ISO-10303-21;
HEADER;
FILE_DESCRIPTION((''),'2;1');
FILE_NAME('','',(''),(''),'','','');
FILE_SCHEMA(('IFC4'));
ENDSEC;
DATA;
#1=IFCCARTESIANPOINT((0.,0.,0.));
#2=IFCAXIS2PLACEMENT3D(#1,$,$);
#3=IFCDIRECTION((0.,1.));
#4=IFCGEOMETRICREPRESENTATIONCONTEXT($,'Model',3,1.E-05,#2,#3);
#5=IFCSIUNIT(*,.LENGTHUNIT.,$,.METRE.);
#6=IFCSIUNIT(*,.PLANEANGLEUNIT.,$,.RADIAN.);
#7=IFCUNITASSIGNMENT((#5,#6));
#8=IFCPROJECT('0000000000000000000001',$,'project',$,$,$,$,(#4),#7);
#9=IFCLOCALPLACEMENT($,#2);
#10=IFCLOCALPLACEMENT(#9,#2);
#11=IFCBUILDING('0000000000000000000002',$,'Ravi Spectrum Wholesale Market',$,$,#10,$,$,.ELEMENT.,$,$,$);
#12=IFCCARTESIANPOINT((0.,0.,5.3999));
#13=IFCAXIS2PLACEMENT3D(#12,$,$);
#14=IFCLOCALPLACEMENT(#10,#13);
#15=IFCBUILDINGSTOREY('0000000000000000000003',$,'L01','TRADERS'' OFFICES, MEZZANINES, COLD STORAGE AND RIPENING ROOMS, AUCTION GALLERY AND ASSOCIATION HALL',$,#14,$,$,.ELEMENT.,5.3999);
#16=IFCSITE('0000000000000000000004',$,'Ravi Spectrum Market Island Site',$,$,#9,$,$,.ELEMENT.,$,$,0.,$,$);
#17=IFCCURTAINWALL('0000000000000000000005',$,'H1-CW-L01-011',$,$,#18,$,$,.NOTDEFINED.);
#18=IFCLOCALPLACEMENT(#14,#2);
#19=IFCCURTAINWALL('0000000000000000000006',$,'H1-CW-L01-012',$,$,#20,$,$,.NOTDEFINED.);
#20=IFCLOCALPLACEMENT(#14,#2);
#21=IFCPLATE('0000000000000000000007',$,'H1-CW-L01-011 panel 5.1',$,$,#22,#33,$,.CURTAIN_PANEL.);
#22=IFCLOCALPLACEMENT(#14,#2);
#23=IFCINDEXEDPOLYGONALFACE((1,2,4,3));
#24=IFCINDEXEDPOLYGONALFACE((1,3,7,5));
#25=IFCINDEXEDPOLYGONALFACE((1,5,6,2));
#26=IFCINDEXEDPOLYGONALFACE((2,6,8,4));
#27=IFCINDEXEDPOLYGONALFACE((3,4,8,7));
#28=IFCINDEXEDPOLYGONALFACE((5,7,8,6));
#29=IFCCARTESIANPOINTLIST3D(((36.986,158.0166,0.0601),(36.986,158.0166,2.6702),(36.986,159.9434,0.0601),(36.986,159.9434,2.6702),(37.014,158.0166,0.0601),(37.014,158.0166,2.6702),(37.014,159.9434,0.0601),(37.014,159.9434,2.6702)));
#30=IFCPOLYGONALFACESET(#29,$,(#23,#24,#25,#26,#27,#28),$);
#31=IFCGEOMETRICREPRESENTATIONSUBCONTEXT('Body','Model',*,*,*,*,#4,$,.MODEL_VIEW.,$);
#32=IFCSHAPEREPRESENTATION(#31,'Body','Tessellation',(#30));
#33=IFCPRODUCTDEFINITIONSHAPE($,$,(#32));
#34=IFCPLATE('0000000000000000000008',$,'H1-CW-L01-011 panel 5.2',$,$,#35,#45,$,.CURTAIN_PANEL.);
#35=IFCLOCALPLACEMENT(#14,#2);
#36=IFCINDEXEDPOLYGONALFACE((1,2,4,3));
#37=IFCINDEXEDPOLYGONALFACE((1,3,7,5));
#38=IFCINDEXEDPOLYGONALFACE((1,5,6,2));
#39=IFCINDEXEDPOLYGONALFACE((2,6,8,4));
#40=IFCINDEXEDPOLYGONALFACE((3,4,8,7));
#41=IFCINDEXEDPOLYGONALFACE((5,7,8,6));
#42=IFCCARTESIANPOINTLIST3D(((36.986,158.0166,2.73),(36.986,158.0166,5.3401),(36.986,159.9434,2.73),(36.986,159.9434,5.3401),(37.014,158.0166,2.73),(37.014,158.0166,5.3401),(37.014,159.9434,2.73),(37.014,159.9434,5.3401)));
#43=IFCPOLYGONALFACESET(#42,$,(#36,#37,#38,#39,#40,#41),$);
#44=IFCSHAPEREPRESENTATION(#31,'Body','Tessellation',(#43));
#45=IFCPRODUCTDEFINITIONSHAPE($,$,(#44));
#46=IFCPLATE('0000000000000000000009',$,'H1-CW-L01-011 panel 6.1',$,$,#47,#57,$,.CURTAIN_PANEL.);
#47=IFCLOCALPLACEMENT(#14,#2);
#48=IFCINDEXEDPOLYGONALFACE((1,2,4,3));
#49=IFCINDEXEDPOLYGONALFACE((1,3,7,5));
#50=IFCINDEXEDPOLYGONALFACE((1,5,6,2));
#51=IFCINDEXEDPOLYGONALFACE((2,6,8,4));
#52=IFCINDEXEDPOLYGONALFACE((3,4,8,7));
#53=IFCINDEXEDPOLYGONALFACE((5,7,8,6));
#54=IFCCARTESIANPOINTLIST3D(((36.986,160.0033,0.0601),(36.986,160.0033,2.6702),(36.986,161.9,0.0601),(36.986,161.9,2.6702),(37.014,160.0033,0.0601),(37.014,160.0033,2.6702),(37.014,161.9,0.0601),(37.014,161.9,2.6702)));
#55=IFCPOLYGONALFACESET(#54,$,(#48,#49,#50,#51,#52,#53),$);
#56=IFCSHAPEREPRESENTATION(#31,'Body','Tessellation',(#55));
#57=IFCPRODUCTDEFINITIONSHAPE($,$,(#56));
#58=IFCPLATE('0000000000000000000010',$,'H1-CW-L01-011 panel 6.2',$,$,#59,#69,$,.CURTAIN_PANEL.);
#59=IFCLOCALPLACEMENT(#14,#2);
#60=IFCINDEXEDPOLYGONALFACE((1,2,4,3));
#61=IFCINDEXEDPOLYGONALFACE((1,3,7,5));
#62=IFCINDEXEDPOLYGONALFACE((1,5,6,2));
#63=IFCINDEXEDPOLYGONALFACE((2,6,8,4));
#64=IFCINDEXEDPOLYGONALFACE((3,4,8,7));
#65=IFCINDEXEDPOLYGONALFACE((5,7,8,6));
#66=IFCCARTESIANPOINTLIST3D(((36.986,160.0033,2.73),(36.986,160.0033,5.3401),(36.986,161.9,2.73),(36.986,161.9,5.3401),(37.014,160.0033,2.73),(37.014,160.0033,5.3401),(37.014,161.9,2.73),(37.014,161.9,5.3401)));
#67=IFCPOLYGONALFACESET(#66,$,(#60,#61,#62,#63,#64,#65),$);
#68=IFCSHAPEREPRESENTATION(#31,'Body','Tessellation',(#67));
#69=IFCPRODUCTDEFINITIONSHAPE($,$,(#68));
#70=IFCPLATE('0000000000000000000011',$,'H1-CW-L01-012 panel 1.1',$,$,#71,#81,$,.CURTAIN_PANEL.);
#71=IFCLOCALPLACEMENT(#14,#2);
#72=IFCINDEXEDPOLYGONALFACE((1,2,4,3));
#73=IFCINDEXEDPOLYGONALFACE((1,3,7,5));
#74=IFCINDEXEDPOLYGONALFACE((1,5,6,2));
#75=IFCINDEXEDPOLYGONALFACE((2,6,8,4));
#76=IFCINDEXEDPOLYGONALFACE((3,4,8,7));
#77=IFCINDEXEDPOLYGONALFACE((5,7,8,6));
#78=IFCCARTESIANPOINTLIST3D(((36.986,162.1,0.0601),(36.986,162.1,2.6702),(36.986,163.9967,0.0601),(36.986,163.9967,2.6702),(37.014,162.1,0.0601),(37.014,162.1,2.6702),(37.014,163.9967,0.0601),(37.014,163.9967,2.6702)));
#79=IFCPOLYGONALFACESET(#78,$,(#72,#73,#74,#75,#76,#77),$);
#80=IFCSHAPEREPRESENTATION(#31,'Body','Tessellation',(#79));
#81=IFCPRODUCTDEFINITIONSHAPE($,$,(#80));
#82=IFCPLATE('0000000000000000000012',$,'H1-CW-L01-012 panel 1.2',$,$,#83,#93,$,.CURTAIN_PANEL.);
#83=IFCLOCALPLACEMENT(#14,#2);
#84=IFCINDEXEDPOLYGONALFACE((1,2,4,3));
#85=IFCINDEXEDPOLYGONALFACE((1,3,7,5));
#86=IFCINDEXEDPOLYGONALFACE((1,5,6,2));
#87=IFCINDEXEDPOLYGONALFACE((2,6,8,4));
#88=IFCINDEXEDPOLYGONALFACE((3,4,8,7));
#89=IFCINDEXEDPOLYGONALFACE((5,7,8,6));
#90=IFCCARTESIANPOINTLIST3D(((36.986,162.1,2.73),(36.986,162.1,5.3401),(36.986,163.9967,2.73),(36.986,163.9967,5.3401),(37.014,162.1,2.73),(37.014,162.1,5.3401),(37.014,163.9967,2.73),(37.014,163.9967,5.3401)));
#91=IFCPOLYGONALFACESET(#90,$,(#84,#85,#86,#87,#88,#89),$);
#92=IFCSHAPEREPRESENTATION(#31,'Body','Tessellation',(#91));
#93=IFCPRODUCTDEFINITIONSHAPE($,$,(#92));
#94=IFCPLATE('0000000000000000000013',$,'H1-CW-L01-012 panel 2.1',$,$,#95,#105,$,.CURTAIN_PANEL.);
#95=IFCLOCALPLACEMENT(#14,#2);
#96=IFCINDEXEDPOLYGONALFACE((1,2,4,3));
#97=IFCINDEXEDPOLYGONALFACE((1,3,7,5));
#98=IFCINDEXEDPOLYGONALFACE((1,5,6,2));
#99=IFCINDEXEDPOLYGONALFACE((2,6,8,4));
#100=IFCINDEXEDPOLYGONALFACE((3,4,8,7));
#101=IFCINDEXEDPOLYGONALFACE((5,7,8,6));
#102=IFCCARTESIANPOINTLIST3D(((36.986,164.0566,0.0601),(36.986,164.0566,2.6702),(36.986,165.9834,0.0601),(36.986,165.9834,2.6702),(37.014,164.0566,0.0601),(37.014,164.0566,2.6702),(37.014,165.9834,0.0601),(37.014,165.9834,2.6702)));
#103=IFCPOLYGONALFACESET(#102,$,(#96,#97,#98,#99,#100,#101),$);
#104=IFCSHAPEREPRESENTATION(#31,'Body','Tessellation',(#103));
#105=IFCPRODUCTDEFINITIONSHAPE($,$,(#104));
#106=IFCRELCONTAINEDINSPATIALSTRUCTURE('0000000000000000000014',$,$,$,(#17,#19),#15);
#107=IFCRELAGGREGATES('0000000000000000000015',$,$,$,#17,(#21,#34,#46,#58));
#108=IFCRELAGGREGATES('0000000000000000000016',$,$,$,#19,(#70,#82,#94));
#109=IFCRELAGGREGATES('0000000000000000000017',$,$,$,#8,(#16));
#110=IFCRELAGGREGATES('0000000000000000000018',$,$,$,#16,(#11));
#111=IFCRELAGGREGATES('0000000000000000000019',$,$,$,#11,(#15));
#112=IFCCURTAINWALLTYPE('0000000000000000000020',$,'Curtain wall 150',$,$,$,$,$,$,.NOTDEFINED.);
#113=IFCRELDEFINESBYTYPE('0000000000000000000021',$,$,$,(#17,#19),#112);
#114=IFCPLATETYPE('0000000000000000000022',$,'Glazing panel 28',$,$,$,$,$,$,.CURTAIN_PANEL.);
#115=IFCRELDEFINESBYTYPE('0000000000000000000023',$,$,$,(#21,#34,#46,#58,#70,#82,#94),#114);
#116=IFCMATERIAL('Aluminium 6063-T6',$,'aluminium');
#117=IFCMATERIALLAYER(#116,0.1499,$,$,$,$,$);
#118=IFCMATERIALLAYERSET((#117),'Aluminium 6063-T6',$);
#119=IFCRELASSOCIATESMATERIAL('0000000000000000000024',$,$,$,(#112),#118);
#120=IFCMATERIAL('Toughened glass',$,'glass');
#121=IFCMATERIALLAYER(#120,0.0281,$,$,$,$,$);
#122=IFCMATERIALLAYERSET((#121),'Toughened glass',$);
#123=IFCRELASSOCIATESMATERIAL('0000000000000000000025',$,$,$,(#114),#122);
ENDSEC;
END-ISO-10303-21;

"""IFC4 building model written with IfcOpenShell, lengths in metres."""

from ifc_helpers import new_model, si_unit, direction, frame, origin, origin_2d, place, context, subcontext, project, spatial, rectangle, extrude, material, layer, layer_set, type_object, element, aggregate, save


model = new_model("IFC4")

# Units and contexts
model_context = context("Model", 3, precision=1e-05, world=origin(), true_north=direction((0.0, 1.0)))
body_context = subcontext(model_context, "Body", "Model", "MODEL_VIEW")
ifc_project = project(units=[si_unit("LENGTHUNIT", "METRE"), si_unit("PLANEANGLEUNIT", "RADIAN")], contexts=[model_context])

# Site, building, storey
site_placement = place(None, origin())
site = spatial("IfcSite", under=ifc_project, at=site_placement, Name="Ravi Spectrum Market Island Site", CompositionType="ELEMENT", RefElevation=0.0)
building_placement = place(site_placement, origin())
building = spatial("IfcBuilding", under=site, at=building_placement, Name="Ravi Spectrum Wholesale Market", CompositionType="ELEMENT")
storey_placement = place(building_placement, frame((0.0, 0.0, 5.3999)))
storey = spatial("IfcBuildingStorey", under=building, at=storey_placement, Name="L01", Description="TRADERS' OFFICES, MEZZANINES, COLD STORAGE AND RIPENING ROOMS, AUCTION GALLERY AND ASSOCIATION HALL", CompositionType="ELEMENT", Elevation=5.3999)

# Curtain walls
ifc_material_1 = material(Name="Aluminium 6063-T6", Category="aluminium")
ifc_layer_1 = layer(ifc_material_1, 0.1499)
ifc_layer_set_1 = layer_set([ifc_layer_1], Name="Aluminium 6063-T6")
curtain_wall_type = type_object("IfcCurtainWallType", Name="Curtain wall 150", PredefinedType="NOTDEFINED", material=ifc_layer_set_1)
curtain_wall_1_placement = place(storey_placement, origin())
curtain_wall_1 = element("IfcCurtainWall", 1, at=curtain_wall_1_placement, inside=storey, type_object=curtain_wall_type, Name="H1-CW-L01-011", PredefinedType="NOTDEFINED")
curtain_wall_2_placement = place(storey_placement, origin())
curtain_wall_2 = element("IfcCurtainWall", 2, at=curtain_wall_2_placement, inside=storey, type_object=curtain_wall_type, Name="H1-CW-L01-012", PredefinedType="NOTDEFINED")

# Plates
ifc_material_2 = material(Name="Toughened glass", Category="glass")
ifc_layer_2 = layer(ifc_material_2, 0.0281)
ifc_layer_set_2 = layer_set([ifc_layer_2], Name="Toughened glass")
plate_type = type_object("IfcPlateType", Name="Glazing panel 28", PredefinedType="CURTAIN_PANEL", material=ifc_layer_set_2)
plate_1_placement = place(storey_placement, frame((37.0, 158.98, 0.0601), z_axis=(0.0, 0.0, 1.0), x_axis=(0.0, 1.0, 0.0)))
plate_1 = element("IfcPlate", 3, at=plate_1_placement, type_object=plate_type, Name="H1-CW-L01-011 panel 5.1", PredefinedType="CURTAIN_PANEL", context=body_context, shape_type="SweptSolid", body=[
    extrude(rectangle(XDim=1.9268, YDim=0.0281, at=origin_2d()), origin(), (0.0, 0.0, 1.0), 2.6101),
])
plate_2_placement = place(storey_placement, frame((37.0, 158.98, 2.73), z_axis=(0.0, 0.0, 1.0), x_axis=(0.0, 1.0, 0.0)))
plate_2 = element("IfcPlate", 4, at=plate_2_placement, type_object=plate_type, Name="H1-CW-L01-011 panel 5.2", PredefinedType="CURTAIN_PANEL", context=body_context, shape_type="SweptSolid", body=[
    extrude(rectangle(XDim=1.9268, YDim=0.0281, at=origin_2d()), origin(), (0.0, 0.0, 1.0), 2.6101),
])
plate_3_placement = place(storey_placement, frame((37.0, 160.9517, 0.0601), z_axis=(0.0, 0.0, 1.0), x_axis=(0.0, 1.0, 0.0)))
plate_3 = element("IfcPlate", 5, at=plate_3_placement, type_object=plate_type, Name="H1-CW-L01-011 panel 6.1", PredefinedType="CURTAIN_PANEL", context=body_context, shape_type="SweptSolid", body=[
    extrude(rectangle(XDim=1.8967, YDim=0.0281, at=origin_2d()), origin(), (0.0, 0.0, 1.0), 2.6101),
])
plate_4_placement = place(storey_placement, frame((37.0, 160.9517, 2.73), z_axis=(0.0, 0.0, 1.0), x_axis=(0.0, 1.0, 0.0)))
plate_4 = element("IfcPlate", 6, at=plate_4_placement, type_object=plate_type, Name="H1-CW-L01-011 panel 6.2", PredefinedType="CURTAIN_PANEL", context=body_context, shape_type="SweptSolid", body=[
    extrude(rectangle(XDim=1.8967, YDim=0.0281, at=origin_2d()), origin(), (0.0, 0.0, 1.0), 2.6101),
])
aggregate(curtain_wall_1, [plate_1, plate_2, plate_3, plate_4])
plate_5_placement = place(storey_placement, frame((37.0, 163.0483, 0.0601), z_axis=(0.0, 0.0, 1.0), x_axis=(0.0, 1.0, 0.0)))
plate_5 = element("IfcPlate", 7, at=plate_5_placement, type_object=plate_type, Name="H1-CW-L01-012 panel 1.1", PredefinedType="CURTAIN_PANEL", context=body_context, shape_type="SweptSolid", body=[
    extrude(rectangle(XDim=1.8967, YDim=0.0281, at=origin_2d()), origin(), (0.0, 0.0, 1.0), 2.6101),
])
plate_6_placement = place(storey_placement, frame((37.0, 163.0483, 2.73), z_axis=(0.0, 0.0, 1.0), x_axis=(0.0, 1.0, 0.0)))
plate_6 = element("IfcPlate", 8, at=plate_6_placement, type_object=plate_type, Name="H1-CW-L01-012 panel 1.2", PredefinedType="CURTAIN_PANEL", context=body_context, shape_type="SweptSolid", body=[
    extrude(rectangle(XDim=1.8967, YDim=0.0281, at=origin_2d()), origin(), (0.0, 0.0, 1.0), 2.6101),
])
plate_7_placement = place(storey_placement, frame((37.0, 165.02, 0.0601), z_axis=(0.0, 0.0, 1.0), x_axis=(0.0, 1.0, 0.0)))
plate_7 = element("IfcPlate", 9, at=plate_7_placement, type_object=plate_type, Name="H1-CW-L01-012 panel 2.1", PredefinedType="CURTAIN_PANEL", context=body_context, shape_type="SweptSolid", body=[
    extrude(rectangle(XDim=1.9268, YDim=0.0281, at=origin_2d()), origin(), (0.0, 0.0, 1.0), 2.6101),
])
aggregate(curtain_wall_2, [plate_5, plate_6, plate_7])

save(model, "model.ifc")
